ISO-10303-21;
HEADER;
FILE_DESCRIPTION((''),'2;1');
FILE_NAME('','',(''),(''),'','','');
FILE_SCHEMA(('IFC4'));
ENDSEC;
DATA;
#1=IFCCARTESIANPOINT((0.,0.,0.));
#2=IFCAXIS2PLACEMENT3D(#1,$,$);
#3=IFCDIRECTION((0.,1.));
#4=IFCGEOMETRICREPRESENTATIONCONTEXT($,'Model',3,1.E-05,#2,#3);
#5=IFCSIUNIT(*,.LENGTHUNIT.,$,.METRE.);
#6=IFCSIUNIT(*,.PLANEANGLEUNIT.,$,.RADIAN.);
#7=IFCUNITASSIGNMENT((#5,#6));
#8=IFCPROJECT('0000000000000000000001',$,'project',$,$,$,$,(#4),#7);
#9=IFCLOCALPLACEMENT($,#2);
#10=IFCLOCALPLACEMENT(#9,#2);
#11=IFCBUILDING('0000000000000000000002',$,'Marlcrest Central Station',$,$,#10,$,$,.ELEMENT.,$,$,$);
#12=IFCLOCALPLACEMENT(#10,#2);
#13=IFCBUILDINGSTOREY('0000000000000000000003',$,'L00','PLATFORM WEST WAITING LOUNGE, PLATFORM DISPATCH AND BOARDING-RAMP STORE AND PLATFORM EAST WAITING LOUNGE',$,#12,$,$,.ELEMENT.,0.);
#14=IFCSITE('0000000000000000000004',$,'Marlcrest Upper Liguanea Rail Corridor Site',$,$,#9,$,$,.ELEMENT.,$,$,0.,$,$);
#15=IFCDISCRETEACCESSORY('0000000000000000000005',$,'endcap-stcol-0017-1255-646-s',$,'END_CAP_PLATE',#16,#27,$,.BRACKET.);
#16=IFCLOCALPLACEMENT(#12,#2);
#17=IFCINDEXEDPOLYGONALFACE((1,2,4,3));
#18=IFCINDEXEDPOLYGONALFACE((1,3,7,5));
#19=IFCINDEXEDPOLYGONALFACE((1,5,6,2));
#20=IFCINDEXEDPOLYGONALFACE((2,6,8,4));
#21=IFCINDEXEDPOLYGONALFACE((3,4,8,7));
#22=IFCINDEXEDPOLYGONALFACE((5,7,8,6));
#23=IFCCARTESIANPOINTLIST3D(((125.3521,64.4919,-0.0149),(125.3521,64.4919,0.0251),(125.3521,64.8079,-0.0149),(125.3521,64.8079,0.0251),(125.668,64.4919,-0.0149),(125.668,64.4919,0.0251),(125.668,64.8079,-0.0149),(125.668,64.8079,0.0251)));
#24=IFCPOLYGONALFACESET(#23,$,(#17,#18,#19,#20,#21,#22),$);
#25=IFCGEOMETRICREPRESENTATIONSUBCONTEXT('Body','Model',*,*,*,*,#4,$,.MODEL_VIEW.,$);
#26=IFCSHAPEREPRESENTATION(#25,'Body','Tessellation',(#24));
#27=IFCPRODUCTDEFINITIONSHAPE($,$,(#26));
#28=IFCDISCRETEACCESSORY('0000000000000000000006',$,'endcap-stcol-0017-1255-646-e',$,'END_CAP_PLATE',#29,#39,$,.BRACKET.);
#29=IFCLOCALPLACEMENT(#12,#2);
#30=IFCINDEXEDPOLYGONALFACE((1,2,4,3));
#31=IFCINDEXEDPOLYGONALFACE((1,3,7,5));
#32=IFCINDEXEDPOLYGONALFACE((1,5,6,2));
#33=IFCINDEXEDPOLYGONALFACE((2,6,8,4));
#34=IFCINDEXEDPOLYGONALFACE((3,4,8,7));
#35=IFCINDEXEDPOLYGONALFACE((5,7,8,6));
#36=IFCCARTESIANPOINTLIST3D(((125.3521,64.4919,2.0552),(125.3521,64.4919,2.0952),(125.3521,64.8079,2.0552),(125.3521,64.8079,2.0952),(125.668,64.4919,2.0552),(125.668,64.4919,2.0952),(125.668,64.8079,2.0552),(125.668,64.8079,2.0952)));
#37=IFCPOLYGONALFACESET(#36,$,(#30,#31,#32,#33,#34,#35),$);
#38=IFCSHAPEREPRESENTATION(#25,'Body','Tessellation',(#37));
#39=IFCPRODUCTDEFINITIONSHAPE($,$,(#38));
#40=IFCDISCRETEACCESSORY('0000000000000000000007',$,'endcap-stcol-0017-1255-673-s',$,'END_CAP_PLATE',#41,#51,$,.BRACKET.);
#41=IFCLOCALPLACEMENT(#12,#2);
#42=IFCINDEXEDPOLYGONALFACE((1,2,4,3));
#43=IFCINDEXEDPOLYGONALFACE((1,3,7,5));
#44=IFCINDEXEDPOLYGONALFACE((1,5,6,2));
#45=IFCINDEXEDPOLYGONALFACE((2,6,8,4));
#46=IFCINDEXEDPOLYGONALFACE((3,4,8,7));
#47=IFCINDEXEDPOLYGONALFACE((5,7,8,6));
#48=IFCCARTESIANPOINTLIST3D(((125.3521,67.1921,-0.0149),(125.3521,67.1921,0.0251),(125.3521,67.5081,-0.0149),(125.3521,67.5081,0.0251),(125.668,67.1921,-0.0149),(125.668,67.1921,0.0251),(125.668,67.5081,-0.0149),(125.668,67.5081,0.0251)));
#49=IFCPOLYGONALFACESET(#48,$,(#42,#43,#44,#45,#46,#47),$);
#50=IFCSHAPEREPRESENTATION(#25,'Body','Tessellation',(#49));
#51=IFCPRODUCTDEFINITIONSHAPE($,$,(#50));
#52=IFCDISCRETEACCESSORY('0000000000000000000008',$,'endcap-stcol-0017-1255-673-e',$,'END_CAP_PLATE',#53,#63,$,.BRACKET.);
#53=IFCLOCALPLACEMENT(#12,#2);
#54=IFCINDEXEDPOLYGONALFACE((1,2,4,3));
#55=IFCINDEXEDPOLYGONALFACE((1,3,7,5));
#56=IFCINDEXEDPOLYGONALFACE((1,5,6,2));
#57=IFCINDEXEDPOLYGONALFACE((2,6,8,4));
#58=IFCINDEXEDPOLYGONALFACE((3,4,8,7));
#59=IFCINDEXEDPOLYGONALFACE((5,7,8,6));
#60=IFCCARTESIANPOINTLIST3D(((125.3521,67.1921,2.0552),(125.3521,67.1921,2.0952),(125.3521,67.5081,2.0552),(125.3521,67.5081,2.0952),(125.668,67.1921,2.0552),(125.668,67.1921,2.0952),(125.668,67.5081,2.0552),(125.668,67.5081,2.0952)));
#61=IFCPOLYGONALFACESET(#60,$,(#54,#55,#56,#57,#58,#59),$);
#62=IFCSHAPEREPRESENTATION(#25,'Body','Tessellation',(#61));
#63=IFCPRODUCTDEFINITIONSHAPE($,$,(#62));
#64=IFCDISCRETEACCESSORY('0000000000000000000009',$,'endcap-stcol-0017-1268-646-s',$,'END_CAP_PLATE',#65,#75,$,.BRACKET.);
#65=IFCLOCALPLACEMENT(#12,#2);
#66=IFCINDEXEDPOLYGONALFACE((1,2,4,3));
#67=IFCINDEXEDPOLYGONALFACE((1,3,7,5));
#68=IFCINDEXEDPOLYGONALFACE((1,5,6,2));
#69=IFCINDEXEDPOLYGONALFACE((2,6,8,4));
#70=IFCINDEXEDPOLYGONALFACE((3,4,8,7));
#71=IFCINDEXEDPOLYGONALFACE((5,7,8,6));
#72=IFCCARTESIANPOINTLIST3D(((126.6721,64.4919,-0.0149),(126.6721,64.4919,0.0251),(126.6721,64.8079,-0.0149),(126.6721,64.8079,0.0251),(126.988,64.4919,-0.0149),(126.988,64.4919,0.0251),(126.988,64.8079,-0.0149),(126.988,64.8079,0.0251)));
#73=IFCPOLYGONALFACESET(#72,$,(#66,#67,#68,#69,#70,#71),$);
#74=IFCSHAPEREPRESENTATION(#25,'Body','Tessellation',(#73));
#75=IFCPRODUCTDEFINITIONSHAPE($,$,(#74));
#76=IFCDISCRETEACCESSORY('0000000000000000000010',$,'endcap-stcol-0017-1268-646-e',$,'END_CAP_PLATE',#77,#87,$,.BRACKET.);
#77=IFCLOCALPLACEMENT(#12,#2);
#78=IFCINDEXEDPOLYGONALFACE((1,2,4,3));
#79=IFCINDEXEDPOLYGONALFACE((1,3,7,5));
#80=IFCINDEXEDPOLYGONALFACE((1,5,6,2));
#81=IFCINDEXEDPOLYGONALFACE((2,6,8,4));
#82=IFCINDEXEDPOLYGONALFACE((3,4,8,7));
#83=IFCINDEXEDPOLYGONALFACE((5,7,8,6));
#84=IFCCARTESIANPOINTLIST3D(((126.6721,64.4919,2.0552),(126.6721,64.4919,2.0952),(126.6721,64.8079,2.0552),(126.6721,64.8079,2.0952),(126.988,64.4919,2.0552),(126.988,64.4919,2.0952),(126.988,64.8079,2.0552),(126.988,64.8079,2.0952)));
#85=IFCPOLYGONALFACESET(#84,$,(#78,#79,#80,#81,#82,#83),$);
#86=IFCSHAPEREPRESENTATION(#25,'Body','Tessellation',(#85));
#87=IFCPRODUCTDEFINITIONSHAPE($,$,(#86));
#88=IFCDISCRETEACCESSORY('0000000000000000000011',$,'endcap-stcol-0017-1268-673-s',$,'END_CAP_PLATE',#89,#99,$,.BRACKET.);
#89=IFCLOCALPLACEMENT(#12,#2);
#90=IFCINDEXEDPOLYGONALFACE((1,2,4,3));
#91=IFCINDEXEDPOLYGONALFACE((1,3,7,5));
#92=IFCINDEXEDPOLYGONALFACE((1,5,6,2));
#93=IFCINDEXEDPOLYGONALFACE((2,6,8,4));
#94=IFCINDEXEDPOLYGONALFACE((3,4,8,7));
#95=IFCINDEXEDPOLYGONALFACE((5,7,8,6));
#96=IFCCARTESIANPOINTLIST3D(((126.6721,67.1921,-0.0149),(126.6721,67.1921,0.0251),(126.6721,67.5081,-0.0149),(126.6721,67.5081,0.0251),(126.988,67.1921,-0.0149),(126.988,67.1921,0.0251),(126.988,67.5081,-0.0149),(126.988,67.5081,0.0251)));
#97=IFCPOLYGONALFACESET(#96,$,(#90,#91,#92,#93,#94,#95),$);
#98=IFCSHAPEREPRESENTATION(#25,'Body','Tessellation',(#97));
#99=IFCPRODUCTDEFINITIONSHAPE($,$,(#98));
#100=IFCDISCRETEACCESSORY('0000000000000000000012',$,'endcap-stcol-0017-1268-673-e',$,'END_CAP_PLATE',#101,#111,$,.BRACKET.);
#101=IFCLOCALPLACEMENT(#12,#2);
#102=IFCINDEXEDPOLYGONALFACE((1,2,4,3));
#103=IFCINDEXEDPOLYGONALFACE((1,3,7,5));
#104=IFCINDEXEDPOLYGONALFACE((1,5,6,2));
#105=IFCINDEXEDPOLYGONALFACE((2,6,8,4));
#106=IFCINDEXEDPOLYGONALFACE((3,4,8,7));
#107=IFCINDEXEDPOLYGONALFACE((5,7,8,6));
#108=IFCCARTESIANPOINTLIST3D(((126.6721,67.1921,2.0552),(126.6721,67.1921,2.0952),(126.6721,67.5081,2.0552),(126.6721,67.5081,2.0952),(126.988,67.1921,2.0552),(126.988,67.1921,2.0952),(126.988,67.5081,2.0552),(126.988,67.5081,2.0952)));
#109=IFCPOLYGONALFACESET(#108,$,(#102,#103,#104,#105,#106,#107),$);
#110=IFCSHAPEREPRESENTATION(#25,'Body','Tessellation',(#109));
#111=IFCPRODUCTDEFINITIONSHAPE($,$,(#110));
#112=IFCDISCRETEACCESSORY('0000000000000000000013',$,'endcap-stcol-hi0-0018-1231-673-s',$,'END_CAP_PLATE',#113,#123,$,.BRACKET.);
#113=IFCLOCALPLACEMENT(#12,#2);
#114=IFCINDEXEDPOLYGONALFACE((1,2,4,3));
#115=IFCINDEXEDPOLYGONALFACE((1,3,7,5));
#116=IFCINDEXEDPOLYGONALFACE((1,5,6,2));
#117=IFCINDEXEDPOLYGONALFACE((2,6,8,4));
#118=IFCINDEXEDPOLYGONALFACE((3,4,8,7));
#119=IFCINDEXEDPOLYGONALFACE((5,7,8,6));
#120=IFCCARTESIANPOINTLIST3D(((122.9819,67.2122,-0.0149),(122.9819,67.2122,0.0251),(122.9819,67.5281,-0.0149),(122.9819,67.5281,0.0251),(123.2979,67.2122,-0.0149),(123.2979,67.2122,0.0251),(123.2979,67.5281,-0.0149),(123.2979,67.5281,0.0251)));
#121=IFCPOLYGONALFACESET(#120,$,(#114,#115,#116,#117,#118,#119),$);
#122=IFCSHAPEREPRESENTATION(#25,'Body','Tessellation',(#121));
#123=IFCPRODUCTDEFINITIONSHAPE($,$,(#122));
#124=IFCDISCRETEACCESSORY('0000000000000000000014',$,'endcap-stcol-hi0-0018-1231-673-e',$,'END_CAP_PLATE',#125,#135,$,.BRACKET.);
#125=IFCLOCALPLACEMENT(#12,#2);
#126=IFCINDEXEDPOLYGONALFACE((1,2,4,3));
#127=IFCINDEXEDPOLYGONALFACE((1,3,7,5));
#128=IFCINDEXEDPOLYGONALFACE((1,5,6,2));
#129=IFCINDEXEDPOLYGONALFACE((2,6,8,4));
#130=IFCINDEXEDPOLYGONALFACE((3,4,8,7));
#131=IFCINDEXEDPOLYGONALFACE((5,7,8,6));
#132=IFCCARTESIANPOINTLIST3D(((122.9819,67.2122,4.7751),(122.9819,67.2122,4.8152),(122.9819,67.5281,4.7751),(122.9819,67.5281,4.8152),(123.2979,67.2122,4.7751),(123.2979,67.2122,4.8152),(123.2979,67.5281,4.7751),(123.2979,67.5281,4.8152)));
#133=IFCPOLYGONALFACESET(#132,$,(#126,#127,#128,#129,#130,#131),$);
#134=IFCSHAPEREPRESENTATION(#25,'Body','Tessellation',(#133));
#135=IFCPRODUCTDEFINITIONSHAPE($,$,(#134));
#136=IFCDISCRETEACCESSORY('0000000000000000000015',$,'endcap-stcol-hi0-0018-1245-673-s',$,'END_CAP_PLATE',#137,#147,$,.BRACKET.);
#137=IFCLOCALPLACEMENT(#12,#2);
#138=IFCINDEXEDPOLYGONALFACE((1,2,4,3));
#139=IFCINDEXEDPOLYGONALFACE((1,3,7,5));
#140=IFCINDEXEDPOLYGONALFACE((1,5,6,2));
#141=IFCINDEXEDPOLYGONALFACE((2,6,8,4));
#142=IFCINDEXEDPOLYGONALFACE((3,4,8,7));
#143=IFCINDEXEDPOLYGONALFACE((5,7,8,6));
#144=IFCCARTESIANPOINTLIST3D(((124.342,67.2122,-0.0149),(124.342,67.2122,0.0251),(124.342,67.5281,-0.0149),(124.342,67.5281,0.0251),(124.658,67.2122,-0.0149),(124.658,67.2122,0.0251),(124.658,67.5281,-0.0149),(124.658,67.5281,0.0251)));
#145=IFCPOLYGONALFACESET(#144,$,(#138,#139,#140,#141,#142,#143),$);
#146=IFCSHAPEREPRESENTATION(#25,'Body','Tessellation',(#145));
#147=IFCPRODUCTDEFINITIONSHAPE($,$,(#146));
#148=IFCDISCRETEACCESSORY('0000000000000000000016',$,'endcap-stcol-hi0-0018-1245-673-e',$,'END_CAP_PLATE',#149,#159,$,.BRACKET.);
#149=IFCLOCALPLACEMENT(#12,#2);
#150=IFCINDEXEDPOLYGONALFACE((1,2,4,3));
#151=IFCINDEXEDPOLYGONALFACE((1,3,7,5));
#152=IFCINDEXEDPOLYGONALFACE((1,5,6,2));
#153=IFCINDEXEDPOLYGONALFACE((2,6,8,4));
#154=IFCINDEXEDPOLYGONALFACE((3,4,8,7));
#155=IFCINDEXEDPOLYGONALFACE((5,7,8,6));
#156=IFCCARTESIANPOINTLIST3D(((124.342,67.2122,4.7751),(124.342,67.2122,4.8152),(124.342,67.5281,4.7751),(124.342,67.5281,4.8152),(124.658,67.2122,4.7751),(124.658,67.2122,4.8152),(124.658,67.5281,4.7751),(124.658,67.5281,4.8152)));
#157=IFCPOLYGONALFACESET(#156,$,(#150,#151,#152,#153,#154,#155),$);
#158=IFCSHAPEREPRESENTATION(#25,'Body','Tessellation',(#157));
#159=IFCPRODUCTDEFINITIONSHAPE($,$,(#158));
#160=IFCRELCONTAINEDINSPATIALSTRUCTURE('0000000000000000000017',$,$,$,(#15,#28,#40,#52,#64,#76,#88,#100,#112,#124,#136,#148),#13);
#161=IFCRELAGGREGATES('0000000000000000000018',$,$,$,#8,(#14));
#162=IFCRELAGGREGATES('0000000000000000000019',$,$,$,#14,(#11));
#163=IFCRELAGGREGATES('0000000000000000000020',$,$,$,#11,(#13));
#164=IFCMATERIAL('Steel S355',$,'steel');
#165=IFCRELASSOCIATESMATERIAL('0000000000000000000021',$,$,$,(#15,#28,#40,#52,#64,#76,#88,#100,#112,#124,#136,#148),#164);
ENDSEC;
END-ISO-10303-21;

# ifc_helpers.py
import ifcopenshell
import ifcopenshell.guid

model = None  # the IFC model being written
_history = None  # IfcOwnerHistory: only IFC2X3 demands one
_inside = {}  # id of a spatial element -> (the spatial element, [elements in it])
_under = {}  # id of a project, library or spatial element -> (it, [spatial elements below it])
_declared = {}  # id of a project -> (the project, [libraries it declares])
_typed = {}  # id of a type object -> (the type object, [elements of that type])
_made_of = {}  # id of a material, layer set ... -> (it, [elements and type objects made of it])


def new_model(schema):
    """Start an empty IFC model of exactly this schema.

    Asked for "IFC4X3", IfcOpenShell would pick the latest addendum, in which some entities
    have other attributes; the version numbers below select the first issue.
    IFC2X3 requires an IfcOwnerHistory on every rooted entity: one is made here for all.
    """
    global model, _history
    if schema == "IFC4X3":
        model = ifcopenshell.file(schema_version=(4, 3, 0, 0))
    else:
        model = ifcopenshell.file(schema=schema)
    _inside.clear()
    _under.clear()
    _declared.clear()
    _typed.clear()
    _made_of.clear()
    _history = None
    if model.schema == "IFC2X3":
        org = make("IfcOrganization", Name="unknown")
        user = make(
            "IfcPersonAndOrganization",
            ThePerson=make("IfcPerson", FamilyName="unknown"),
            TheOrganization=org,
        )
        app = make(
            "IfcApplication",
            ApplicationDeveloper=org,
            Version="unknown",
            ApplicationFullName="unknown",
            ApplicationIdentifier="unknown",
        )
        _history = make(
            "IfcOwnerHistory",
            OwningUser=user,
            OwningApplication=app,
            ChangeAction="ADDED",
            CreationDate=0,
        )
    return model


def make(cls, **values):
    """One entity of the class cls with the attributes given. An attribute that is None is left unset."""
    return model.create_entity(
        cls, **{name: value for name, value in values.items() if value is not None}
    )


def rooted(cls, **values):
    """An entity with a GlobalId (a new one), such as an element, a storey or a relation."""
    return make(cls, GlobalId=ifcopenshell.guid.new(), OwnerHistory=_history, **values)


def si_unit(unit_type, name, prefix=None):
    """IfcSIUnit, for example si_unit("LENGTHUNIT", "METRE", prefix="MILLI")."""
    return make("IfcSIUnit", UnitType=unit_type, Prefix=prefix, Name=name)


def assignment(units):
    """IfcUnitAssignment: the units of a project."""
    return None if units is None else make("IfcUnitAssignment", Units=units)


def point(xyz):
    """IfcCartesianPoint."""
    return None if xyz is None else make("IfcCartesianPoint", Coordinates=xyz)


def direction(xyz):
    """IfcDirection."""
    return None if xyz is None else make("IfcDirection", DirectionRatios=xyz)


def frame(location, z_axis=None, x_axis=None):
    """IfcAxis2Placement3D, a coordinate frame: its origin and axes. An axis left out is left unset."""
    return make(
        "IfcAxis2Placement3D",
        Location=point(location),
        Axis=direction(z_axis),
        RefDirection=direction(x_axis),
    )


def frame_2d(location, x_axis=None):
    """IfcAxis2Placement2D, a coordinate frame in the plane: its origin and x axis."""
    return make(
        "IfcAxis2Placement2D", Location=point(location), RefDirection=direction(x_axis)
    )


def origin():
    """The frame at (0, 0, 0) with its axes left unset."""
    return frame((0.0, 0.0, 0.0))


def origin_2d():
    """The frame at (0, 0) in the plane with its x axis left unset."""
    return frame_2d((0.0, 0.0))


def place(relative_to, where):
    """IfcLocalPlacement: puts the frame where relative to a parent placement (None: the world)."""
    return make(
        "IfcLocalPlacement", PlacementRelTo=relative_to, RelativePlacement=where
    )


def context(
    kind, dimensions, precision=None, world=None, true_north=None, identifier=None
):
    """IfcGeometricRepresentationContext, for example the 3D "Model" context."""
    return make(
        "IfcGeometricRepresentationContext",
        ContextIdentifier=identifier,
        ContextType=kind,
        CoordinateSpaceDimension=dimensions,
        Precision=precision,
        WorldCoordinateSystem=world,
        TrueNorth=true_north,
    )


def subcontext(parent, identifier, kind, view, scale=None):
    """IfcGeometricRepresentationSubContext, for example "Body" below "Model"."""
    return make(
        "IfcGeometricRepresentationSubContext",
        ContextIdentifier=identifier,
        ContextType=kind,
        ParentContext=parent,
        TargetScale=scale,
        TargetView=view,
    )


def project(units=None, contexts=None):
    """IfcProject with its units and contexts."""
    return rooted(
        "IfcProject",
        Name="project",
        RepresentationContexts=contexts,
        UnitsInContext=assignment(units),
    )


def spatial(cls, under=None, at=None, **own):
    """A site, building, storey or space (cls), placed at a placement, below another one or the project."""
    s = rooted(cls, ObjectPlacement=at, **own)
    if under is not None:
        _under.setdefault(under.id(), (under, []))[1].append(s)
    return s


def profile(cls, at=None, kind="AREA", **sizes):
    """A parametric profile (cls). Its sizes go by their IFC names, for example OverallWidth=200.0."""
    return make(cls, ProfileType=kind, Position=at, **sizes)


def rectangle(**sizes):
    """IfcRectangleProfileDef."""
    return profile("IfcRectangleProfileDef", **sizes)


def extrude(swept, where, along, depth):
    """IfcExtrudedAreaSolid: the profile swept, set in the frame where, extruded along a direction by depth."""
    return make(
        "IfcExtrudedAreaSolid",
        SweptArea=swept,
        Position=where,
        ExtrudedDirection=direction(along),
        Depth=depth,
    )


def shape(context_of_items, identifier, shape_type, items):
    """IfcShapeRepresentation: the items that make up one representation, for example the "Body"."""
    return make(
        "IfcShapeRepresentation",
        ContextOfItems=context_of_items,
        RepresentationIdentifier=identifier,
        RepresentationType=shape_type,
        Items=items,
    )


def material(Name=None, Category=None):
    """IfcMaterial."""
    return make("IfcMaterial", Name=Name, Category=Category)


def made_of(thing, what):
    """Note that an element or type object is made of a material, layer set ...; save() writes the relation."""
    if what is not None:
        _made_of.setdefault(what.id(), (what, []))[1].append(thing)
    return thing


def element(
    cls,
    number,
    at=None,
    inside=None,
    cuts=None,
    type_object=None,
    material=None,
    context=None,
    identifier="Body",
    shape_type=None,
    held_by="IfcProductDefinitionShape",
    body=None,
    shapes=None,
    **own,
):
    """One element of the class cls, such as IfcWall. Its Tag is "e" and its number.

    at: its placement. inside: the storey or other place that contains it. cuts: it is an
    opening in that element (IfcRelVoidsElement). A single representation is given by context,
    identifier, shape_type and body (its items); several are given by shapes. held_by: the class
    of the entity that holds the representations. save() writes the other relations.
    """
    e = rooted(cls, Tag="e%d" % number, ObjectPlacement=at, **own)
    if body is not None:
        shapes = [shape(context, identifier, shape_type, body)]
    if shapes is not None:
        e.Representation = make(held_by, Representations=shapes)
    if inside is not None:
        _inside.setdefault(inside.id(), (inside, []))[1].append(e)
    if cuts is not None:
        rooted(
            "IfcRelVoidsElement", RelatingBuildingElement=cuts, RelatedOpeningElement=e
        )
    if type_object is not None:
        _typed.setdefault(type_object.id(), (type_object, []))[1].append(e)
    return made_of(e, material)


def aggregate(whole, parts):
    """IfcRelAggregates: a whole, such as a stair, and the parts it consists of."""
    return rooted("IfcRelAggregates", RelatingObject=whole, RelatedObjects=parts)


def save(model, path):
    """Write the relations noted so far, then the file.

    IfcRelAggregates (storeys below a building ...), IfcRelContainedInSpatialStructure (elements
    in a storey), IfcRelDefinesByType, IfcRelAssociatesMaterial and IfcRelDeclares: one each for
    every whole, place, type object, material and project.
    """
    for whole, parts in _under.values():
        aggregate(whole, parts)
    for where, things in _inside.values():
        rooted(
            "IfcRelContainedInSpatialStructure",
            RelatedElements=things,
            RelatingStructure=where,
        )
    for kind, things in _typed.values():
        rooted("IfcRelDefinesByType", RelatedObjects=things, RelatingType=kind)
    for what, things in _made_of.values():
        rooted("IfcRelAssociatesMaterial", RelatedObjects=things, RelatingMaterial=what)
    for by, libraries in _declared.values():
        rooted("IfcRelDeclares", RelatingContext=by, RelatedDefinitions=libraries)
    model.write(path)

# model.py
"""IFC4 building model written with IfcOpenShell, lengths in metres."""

from ifc_helpers import new_model, si_unit, direction, frame, origin, origin_2d, place, context, subcontext, project, spatial, rectangle, extrude, material, element, save


model = new_model("IFC4")

# Units and contexts
model_context = context("Model", 3, precision=1e-05, world=origin(), true_north=direction((0.0, 1.0)))
body_context = subcontext(model_context, "Body", "Model", "MODEL_VIEW")
ifc_project = project(units=[si_unit("LENGTHUNIT", "METRE"), si_unit("PLANEANGLEUNIT", "RADIAN")], contexts=[model_context])

# Site, building, storey
site_placement = place(None, origin())
site = spatial("IfcSite", under=ifc_project, at=site_placement, Name="Marlcrest Upper Liguanea Rail Corridor Site", CompositionType="ELEMENT", RefElevation=0.0)
building_placement = place(site_placement, origin())
building = spatial("IfcBuilding", under=site, at=building_placement, Name="Marlcrest Central Station", CompositionType="ELEMENT")
storey_placement = place(building_placement, origin())
storey = spatial("IfcBuildingStorey", under=building, at=storey_placement, Name="L00", Description="PLATFORM WEST WAITING LOUNGE, PLATFORM DISPATCH AND BOARDING-RAMP STORE AND PLATFORM EAST WAITING LOUNGE", CompositionType="ELEMENT", Elevation=0.0)

# Shared definitions
ifc_material_1 = material(Name="Steel S355", Category="steel")

# Discrete accessories
for number, where, z_axis, x_axis, name in (
    (1, (125.51, 64.6499, -0.0149), (0.0, 0.0, 1.0), (1.0, 0.0, 0.0), "endcap-stcol-0017-1255-646-s"),
    (2, (125.51, 64.6499, 2.0552), (0.0, 0.0, 1.0), (1.0, 0.0, 0.0), "endcap-stcol-0017-1255-646-e"),
    (3, (125.51, 67.3501, -0.0149), (0.0, 0.0, 1.0), (1.0, 0.0, 0.0), "endcap-stcol-0017-1255-673-s"),
    (4, (125.51, 67.3501, 2.0552), (0.0, 0.0, 1.0), (1.0, 0.0, 0.0), "endcap-stcol-0017-1255-673-e"),
    (5, (126.8301, 64.6499, -0.0149), (0.0, 0.0, 1.0), (1.0, 0.0, 0.0), "endcap-stcol-0017-1268-646-s"),
    (6, (126.8301, 64.6499, 2.0552), (0.0, 0.0, 1.0), (1.0, 0.0, 0.0), "endcap-stcol-0017-1268-646-e"),
    (7, (126.8301, 67.3501, -0.0149), (0.0, 0.0, 1.0), (1.0, 0.0, 0.0), "endcap-stcol-0017-1268-673-s"),
    (8, (126.8301, 67.3501, 2.0552), (0.0, 0.0, 1.0), (1.0, 0.0, 0.0), "endcap-stcol-0017-1268-673-e"),
    (9, (123.1399, 67.3701, -0.0149), (0.0, 0.0, 1.0), (1.0, 0.0, 0.0), "endcap-stcol-hi0-0018-1231-673-s"),
    (10, (123.1399, 67.3701, 4.7751), (0.0, 0.0, 1.0), (1.0, 0.0, 0.0), "endcap-stcol-hi0-0018-1231-673-e"),
    (11, (124.5, 67.3701, -0.0149), (0.0, 0.0, 1.0), (1.0, 0.0, 0.0), "endcap-stcol-hi0-0018-1245-673-s"),
    (12, (124.5, 67.3701, 4.7751), (0.0, 0.0, 1.0), (1.0, 0.0, 0.0), "endcap-stcol-hi0-0018-1245-673-e"),
):
    element("IfcDiscreteAccessory", number, at=place(storey_placement, frame(where, z_axis=z_axis, x_axis=x_axis)), inside=storey, material=ifc_material_1, Name=name, ObjectType="END_CAP_PLATE", PredefinedType="BRACKET", context=body_context, shape_type="SweptSolid", body=[
        extrude(rectangle(XDim=0.3159, YDim=0.3159, at=origin_2d()), origin(), (0.0, 0.0, 1.0), 0.04),
    ])

save(model, "model.ifc")
